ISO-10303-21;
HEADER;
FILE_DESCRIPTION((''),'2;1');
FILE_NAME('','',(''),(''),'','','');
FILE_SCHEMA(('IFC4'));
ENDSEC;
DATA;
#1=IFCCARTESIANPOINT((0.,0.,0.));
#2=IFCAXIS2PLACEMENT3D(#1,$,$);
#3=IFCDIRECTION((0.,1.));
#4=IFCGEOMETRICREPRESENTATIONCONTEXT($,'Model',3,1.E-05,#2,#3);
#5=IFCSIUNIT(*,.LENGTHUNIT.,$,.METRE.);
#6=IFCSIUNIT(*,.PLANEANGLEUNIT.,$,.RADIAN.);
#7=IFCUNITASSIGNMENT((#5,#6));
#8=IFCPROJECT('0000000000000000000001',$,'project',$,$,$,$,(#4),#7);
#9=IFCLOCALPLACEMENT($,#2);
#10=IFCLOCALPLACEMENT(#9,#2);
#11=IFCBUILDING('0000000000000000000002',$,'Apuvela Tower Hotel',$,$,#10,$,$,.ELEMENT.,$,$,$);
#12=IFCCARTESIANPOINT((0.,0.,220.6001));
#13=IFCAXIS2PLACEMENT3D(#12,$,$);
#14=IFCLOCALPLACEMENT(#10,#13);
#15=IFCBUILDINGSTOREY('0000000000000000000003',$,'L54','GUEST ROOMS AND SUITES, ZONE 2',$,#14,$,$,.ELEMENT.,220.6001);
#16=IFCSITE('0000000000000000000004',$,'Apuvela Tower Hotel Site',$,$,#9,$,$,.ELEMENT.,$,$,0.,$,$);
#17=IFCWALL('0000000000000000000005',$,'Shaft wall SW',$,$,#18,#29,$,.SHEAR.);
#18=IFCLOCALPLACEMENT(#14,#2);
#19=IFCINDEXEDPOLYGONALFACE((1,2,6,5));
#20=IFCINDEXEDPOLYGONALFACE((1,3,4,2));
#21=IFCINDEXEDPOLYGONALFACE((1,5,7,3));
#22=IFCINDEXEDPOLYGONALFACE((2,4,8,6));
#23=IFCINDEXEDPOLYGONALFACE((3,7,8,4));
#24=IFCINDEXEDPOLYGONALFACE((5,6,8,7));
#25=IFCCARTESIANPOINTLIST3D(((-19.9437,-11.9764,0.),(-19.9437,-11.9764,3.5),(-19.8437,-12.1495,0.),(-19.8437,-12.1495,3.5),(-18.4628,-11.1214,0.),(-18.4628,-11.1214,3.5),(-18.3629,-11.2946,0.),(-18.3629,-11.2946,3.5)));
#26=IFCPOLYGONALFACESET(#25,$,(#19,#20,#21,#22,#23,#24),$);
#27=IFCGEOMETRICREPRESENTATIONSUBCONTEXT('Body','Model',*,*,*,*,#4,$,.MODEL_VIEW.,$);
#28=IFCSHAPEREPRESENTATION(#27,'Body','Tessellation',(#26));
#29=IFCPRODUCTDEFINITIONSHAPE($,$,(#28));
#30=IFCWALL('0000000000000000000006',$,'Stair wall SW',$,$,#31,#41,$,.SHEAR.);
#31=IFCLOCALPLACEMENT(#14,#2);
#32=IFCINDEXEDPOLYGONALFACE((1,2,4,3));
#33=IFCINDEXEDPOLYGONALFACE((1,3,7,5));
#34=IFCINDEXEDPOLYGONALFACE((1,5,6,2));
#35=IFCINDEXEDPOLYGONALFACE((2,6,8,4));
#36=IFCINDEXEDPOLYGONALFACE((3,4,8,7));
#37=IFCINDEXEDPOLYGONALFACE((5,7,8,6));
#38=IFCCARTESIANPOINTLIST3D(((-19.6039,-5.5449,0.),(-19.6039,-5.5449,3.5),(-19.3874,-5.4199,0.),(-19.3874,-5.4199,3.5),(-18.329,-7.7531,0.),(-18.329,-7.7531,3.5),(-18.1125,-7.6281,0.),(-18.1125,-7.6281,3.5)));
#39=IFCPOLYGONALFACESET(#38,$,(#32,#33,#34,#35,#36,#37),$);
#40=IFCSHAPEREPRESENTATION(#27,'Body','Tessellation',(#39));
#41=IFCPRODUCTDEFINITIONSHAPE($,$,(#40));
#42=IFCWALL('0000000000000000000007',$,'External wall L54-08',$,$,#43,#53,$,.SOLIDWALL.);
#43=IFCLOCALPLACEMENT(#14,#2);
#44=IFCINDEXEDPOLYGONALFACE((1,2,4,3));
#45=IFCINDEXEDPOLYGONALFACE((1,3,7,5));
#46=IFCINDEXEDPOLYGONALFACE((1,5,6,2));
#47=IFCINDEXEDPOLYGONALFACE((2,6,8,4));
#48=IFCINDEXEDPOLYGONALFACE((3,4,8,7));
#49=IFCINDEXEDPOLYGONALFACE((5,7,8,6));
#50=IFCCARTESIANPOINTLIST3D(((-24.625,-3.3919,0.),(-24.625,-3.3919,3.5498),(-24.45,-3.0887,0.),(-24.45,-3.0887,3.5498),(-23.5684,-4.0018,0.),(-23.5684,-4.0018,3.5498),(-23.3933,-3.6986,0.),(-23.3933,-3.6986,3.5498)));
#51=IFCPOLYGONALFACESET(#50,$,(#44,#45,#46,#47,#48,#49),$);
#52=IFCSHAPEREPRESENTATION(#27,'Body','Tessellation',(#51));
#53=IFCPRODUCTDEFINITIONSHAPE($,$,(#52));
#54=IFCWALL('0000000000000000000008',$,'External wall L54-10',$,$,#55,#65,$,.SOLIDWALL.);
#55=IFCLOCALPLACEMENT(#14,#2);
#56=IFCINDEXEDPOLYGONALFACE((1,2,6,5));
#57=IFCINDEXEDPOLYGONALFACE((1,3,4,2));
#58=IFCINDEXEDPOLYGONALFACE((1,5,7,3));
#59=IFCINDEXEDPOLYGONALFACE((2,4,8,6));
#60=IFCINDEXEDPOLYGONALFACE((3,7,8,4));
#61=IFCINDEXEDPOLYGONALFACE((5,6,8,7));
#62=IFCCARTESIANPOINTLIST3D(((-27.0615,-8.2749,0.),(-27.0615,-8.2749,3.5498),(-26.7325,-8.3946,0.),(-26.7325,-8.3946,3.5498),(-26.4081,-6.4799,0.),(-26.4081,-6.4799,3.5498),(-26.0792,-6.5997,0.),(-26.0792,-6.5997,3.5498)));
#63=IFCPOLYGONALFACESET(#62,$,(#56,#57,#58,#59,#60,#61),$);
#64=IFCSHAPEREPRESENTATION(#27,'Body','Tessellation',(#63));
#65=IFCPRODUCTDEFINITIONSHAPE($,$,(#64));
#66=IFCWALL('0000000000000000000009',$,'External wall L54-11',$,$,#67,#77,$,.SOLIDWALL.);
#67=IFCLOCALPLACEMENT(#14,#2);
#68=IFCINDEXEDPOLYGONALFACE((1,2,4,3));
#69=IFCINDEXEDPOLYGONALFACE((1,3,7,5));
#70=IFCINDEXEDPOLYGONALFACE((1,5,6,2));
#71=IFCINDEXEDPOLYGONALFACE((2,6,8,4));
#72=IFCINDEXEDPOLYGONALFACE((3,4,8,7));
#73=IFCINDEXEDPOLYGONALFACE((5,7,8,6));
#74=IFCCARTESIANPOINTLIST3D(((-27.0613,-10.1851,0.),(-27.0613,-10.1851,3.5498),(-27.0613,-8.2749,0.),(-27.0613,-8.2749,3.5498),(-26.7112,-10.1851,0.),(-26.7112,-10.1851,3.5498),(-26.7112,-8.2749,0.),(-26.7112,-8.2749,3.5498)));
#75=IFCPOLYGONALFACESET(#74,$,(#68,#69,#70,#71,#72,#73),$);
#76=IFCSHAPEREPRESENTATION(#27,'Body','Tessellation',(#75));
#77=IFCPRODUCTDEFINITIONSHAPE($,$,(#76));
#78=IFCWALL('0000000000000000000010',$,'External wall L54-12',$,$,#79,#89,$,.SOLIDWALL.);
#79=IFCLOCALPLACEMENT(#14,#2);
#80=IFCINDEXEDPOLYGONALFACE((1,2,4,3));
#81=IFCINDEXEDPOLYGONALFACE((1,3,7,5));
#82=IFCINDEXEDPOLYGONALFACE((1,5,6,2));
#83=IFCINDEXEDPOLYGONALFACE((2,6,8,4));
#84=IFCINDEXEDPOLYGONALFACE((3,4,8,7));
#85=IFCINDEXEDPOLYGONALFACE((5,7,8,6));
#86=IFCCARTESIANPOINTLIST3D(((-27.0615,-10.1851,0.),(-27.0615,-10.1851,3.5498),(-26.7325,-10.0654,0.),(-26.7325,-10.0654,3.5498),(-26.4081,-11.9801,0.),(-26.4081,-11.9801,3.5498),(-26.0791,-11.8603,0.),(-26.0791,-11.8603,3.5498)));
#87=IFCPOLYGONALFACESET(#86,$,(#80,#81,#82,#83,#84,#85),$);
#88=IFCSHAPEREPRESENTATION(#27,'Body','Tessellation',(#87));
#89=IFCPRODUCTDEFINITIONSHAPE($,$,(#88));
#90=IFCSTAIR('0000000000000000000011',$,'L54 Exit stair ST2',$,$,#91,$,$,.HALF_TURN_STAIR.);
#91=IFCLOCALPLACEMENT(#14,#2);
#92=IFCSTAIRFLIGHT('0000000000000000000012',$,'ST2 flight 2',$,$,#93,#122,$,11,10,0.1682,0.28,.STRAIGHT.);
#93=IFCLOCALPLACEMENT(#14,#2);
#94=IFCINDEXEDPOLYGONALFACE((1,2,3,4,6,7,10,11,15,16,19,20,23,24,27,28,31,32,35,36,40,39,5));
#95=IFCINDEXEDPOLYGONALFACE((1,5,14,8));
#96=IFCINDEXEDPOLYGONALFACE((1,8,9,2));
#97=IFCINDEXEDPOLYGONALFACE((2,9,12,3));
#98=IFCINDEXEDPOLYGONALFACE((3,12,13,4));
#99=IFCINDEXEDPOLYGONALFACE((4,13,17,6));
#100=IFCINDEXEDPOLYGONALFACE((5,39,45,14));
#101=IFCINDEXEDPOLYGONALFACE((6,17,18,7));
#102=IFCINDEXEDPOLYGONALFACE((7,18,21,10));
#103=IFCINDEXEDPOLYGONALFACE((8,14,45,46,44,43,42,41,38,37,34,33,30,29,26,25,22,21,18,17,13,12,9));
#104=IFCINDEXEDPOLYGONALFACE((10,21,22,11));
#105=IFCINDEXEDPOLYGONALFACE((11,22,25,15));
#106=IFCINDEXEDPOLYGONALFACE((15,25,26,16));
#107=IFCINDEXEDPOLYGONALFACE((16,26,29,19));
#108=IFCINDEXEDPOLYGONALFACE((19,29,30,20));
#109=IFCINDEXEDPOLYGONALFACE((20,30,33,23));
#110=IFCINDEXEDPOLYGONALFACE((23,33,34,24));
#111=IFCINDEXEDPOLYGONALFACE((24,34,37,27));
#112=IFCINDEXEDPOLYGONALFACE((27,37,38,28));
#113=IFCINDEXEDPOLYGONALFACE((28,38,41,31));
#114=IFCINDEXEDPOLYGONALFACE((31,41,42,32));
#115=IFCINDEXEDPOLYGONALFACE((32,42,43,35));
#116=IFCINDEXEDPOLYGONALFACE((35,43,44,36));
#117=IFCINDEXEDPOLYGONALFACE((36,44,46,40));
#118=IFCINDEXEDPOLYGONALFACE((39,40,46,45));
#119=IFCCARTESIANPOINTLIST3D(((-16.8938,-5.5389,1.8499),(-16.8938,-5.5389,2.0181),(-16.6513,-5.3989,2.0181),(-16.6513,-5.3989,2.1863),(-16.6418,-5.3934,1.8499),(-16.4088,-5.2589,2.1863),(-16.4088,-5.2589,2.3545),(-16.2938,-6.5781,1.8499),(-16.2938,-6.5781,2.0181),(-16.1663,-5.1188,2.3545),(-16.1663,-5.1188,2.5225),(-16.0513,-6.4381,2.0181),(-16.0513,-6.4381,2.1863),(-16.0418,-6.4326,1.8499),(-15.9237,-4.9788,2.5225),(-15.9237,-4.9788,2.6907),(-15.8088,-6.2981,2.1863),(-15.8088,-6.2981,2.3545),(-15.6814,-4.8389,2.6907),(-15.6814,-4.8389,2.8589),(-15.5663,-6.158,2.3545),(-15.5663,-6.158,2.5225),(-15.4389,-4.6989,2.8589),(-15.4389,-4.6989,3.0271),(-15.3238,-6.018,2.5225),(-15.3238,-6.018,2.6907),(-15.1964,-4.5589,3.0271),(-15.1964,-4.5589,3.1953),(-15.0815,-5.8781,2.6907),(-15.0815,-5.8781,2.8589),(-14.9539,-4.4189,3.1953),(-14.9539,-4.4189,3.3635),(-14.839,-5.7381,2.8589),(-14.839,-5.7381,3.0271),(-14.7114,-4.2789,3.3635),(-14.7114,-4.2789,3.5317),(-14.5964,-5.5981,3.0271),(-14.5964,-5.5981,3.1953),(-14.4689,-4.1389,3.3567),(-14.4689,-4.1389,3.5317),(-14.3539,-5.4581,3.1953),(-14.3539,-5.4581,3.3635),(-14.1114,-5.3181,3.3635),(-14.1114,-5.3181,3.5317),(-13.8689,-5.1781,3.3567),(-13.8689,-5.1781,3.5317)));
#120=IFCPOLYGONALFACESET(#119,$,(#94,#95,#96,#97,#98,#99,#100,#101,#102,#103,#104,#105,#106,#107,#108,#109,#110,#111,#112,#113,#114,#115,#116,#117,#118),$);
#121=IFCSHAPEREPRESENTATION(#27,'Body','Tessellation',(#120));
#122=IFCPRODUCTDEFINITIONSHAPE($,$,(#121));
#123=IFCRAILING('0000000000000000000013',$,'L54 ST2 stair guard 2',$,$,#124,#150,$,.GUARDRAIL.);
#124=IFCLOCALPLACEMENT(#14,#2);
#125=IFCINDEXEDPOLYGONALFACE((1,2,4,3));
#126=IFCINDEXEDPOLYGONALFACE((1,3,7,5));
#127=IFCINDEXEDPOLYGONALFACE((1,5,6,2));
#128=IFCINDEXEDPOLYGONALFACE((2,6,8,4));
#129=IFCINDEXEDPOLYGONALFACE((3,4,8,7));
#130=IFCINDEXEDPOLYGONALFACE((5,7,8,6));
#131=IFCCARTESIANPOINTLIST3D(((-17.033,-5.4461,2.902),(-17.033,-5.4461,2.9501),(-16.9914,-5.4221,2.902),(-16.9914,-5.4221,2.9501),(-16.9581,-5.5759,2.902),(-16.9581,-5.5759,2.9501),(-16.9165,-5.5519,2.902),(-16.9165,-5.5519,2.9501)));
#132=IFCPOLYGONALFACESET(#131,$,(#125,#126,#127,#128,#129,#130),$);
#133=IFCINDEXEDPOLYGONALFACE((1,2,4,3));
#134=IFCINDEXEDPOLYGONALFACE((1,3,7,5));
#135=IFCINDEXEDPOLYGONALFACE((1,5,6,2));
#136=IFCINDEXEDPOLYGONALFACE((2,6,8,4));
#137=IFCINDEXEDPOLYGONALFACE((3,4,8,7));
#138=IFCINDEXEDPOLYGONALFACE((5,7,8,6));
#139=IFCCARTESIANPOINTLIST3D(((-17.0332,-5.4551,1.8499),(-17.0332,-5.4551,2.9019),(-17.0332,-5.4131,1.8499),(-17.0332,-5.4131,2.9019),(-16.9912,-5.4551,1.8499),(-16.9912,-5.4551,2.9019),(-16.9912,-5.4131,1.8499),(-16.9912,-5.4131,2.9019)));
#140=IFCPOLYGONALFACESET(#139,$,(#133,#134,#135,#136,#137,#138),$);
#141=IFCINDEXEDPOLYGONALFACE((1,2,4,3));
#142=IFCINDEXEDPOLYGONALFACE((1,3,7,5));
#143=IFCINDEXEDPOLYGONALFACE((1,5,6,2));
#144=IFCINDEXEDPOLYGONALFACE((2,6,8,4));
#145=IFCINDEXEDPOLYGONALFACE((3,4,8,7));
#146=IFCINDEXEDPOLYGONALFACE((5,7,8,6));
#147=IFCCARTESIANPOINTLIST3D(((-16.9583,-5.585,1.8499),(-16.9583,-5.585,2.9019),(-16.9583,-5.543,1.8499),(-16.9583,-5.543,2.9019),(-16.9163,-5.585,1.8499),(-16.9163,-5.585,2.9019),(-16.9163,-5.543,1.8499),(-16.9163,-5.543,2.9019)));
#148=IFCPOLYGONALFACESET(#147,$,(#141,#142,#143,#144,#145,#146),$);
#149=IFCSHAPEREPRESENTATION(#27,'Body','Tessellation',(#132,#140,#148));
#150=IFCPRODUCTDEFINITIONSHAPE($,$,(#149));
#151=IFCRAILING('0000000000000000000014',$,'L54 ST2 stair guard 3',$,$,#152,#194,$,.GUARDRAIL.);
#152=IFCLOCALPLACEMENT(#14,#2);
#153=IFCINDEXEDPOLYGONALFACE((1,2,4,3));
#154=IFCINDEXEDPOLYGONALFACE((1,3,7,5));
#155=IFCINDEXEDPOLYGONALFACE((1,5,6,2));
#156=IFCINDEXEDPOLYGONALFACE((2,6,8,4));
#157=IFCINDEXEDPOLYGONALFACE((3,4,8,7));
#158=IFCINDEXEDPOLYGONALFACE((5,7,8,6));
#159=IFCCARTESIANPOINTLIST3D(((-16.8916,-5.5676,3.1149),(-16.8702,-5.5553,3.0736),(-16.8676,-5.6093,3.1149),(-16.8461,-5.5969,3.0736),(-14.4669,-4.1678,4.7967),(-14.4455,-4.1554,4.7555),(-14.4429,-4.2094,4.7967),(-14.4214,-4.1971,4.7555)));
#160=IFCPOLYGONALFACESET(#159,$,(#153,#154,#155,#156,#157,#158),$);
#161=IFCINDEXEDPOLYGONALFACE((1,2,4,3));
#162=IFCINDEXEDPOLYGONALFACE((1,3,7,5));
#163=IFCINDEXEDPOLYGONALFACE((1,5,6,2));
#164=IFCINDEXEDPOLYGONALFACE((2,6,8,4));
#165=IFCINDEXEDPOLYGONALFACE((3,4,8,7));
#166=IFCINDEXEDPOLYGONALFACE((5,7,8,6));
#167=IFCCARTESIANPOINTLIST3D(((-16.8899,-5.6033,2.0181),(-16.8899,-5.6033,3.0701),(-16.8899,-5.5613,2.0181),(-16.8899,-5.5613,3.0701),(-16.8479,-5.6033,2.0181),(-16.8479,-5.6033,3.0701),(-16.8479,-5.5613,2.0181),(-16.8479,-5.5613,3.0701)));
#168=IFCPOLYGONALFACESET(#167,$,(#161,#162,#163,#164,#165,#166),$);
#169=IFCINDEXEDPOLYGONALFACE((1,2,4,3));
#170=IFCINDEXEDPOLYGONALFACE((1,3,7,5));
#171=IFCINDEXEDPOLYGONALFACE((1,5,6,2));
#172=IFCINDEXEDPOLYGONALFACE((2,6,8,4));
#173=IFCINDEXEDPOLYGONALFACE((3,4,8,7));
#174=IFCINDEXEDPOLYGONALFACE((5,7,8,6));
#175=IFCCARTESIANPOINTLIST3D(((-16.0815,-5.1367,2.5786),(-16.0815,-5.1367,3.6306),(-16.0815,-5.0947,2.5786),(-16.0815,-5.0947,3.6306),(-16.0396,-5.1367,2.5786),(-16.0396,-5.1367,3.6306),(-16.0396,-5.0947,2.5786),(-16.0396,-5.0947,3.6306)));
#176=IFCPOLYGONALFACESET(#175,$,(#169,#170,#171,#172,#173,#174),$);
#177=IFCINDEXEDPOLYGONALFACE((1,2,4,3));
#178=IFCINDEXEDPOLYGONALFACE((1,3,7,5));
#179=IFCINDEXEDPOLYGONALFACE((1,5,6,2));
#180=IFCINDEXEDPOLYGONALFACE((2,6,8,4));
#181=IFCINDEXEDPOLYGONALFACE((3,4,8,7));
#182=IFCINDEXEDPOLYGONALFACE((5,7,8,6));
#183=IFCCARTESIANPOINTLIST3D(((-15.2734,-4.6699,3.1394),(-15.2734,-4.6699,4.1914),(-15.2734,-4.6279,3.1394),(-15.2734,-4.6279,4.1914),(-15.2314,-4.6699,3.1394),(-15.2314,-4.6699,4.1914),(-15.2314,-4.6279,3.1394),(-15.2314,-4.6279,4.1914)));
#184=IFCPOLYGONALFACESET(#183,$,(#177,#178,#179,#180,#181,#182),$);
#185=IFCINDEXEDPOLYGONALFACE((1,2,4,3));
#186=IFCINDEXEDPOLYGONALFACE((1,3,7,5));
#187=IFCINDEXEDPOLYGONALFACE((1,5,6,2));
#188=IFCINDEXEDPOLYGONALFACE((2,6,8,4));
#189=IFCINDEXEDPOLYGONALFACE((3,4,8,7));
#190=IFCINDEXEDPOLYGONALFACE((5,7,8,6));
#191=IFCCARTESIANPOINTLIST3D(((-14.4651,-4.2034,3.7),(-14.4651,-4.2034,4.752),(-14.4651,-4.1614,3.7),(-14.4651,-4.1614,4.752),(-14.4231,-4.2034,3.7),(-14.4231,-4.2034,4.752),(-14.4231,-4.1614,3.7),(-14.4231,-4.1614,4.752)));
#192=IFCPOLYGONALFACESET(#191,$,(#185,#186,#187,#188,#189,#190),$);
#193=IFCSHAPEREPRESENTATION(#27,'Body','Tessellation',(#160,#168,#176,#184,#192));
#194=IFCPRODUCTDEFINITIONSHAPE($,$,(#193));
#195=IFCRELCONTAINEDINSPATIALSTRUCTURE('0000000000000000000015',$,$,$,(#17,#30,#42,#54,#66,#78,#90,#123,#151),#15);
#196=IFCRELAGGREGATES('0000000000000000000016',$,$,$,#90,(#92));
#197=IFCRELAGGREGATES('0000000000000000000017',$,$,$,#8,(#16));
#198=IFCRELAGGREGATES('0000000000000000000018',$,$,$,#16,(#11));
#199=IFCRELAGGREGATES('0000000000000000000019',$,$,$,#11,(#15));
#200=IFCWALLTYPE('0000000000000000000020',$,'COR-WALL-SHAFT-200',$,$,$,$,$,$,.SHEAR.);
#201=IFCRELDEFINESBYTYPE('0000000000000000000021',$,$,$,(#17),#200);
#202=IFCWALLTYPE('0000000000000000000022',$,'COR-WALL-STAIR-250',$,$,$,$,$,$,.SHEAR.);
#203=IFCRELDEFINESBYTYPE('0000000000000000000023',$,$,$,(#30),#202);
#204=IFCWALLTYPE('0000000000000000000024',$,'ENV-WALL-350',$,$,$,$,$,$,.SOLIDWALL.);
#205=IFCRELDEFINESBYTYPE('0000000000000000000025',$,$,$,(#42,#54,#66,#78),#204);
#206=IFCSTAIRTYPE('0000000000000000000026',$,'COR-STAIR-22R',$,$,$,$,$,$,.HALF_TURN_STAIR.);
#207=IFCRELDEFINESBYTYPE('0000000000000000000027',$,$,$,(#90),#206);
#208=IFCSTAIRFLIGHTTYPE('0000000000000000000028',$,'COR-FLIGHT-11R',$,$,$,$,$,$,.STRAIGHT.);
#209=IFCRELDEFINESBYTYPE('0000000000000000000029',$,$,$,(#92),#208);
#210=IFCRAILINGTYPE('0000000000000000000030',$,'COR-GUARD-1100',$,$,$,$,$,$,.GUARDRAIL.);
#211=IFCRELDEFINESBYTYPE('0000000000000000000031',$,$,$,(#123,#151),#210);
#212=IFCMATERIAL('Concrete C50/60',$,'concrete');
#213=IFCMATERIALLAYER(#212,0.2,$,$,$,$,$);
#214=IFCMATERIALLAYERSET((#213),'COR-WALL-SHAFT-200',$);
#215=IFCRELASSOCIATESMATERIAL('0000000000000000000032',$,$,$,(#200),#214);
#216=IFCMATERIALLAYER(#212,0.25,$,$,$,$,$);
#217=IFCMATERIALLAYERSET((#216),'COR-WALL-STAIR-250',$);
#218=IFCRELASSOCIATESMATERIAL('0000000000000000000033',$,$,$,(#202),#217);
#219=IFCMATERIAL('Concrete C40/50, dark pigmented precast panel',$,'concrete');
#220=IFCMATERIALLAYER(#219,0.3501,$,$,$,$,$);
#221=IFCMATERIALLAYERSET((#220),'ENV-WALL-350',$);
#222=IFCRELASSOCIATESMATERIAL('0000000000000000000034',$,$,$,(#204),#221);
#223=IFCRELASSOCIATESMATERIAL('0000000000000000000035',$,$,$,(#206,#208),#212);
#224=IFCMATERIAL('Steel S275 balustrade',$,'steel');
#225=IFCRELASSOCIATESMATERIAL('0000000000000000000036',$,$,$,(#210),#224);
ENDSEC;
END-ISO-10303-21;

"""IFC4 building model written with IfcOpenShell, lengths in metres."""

from ifc_helpers import new_model, si_unit, direction, frame, frame_2d, origin, origin_2d, place, context, subcontext, project, spatial, polyline, rectangle, outline, extrude, material, layer, layer_set, type_object, element, aggregate, save


model = new_model("IFC4")

# Units and contexts
model_context = context("Model", 3, precision=1e-05, world=origin(), true_north=direction((0.0, 1.0)))
body_context = subcontext(model_context, "Body", "Model", "MODEL_VIEW")
ifc_project = project(units=[si_unit("LENGTHUNIT", "METRE"), si_unit("PLANEANGLEUNIT", "RADIAN")], contexts=[model_context])

# Site, building, storey
site_placement = place(None, origin())
site = spatial("IfcSite", under=ifc_project, at=site_placement, Name="Apuvela Tower Hotel Site", CompositionType="ELEMENT", RefElevation=0.0)
building_placement = place(site_placement, origin())
building = spatial("IfcBuilding", under=site, at=building_placement, Name="Apuvela Tower Hotel", CompositionType="ELEMENT")
storey_placement = place(building_placement, frame((0.0, 0.0, 220.6001)))
storey = spatial("IfcBuildingStorey", under=building, at=storey_placement, Name="L54", Description="GUEST ROOMS AND SUITES, ZONE 2", CompositionType="ELEMENT", Elevation=220.6001)

# Walls
ifc_material_1 = material(Name="Concrete C50/60", Category="concrete")
ifc_layer_1 = layer(ifc_material_1, 0.2)
ifc_layer_set_1 = layer_set([ifc_layer_1], Name="COR-WALL-SHAFT-200")
wall_type_1 = type_object("IfcWallType", Name="COR-WALL-SHAFT-200", PredefinedType="SHEAR", material=ifc_layer_set_1)
wall_1_placement = place(storey_placement, frame((-18.4128, -11.208, 0.0), z_axis=(0.0, 0.0, 1.0), x_axis=(-0.866038, -0.499978, 0.0)))
element("IfcWall", 1, at=wall_1_placement, inside=storey, type_object=wall_type_1, Name="Shaft wall SW", PredefinedType="SHEAR", context=body_context, shape_type="SweptSolid", body=[
    extrude(rectangle(XDim=1.71, YDim=0.2, at=frame_2d((0.855, 0.0))), origin(), (0.0, 0.0, 1.0), 3.5),
])
ifc_layer_2 = layer(ifc_material_1, 0.25)
ifc_layer_set_2 = layer_set([ifc_layer_2], Name="COR-WALL-STAIR-250")
wall_type_2 = type_object("IfcWallType", Name="COR-WALL-STAIR-250", PredefinedType="SHEAR", material=ifc_layer_set_2)
wall_2_placement = place(storey_placement, frame((-19.4956, -5.4824, 0.0), z_axis=(0.0, 0.0, 1.0), x_axis=(0.49999, -0.866031, 0.0)))
element("IfcWall", 2, at=wall_2_placement, inside=storey, type_object=wall_type_2, Name="Stair wall SW", PredefinedType="SHEAR", context=body_context, shape_type="SweptSolid", body=[
    extrude(rectangle(XDim=2.5498, YDim=0.25, at=frame_2d((1.2749, 0.0))), origin(), (0.0, 0.0, 1.0), 3.5),
])
ifc_material_2 = material(Name="Concrete C40/50, dark pigmented precast panel", Category="concrete")
ifc_layer_3 = layer(ifc_material_2, 0.3501)
ifc_layer_set_3 = layer_set([ifc_layer_3], Name="ENV-WALL-350")
wall_type_3 = type_object("IfcWallType", Name="ENV-WALL-350", PredefinedType="SOLIDWALL", material=ifc_layer_set_3)
wall_3_placement = place(storey_placement, frame((-23.481, -3.8501, 0.0), z_axis=(0.0, 0.0, 1.0), x_axis=(-0.866092, 0.499884, 0.0)))
element("IfcWall", 3, at=wall_3_placement, inside=storey, type_object=wall_type_3, Name="External wall L54-08", PredefinedType="SOLIDWALL", context=body_context, shape_type="SweptSolid", body=[
    extrude(rectangle(XDim=1.22, YDim=0.3501, at=frame_2d((0.6099, 0.0))), origin(), (0.0, 0.0, 1.0), 3.5498),
])
for number, where, z_axis, x_axis, name in (
    (4, (-26.2437, -6.5398, 0.0), (0.0, 0.0, 1.0), (-0.34203, -0.939689, 0.0), "External wall L54-10"),
    (5, (-26.8862, -8.2749, 0.0), (0.0, 0.0, 1.0), (0.0, -1.0, 0.0), "External wall L54-11"),
    (6, (-26.897, -10.1252, 0.0), (0.0, 0.0, 1.0), (0.34203, -0.939689, 0.0), "External wall L54-12"),
):
    element("IfcWall", number, at=place(storey_placement, frame(where, z_axis=z_axis, x_axis=x_axis)), inside=storey, type_object=wall_type_3, Name=name, PredefinedType="SOLIDWALL", context=body_context, shape_type="SweptSolid", body=[
        extrude(rectangle(XDim=1.9102, YDim=0.3501, at=frame_2d((0.9551, 0.0))), origin(), (0.0, 0.0, 1.0), 3.5498),
    ])

# Stair, stair flight
stair_type = type_object("IfcStairType", Name="COR-STAIR-22R", PredefinedType="HALF_TURN_STAIR", material=ifc_material_1)
stair_placement = place(storey_placement, origin())
stair = element("IfcStair", 7, at=stair_placement, inside=storey, type_object=stair_type, Name="L54 Exit stair ST2", PredefinedType="HALF_TURN_STAIR")
stair_flight_type = type_object("IfcStairFlightType", Name="COR-FLIGHT-11R", PredefinedType="STRAIGHT", material=ifc_material_1)
stair_flight_placement = place(storey_placement, frame((-16.5938, -6.0586, 1.8499), z_axis=(0.0, 0.0, 1.0), x_axis=(0.866025, 0.5, 0.0)))
stair_flight = element("IfcStairFlight", 8, at=stair_flight_placement, type_object=stair_flight_type, Name="ST2 flight 2", NumberOfRisers=11, NumberOfTreads=10, PredefinedType="STRAIGHT", RiserHeight=0.1682, TreadLength=0.28, context=body_context, shape_type="SweptSolid", body=[
    extrude(outline(polyline([(0.0, 0.0), (0.0, 0.1682), (0.28, 0.1682), (0.28, 0.3364), (0.5601, 0.3364), (0.5601, 0.5046), (0.8401, 0.5046), (0.8401, 0.6726), (1.1201, 0.6726), (1.1201, 0.8408), (1.3999, 0.8408), (1.3999, 1.009), (1.6799, 1.009), (1.6799, 1.1772), (1.96, 1.1772), (1.96, 1.3455), (2.24, 1.3455), (2.24, 1.5137), (2.52, 1.5137), (2.52, 1.6819), (2.8, 1.6819), (2.8, 1.8501), (2.8, 1.5068), (0.291, 0.0), (0.0, 0.0)])), frame((0.0, 0.6001, 0.0), z_axis=(0.0, -1.0, 0.0), x_axis=(1.0, 0.0, 0.0)), (0.0, 0.0, 1.0), 1.2),
])
aggregate(stair, [stair_flight])

# Railings
ifc_material_3 = material(Name="Steel S275 balustrade", Category="steel")
railing_type_1 = type_object("IfcRailingType", Name="COR-GUARD-1100", PredefinedType="GUARDRAIL", material=ifc_material_3)
railing_1_placement = place(storey_placement, frame((-17.0122, -5.4341, 1.8499)))
element("IfcRailing", 9, at=railing_1_placement, inside=storey, type_object=railing_type_1, Name="L54 ST2 stair guard 2", PredefinedType="GUARDRAIL", context=body_context, shape_type="SweptSolid", body=[
    extrude(rectangle(XDim=0.0481, YDim=0.0481, at=origin_2d()), frame((0.0, 0.0, 1.0762), z_axis=(0.499816, -0.866131, 0.0), x_axis=(0.866131, 0.499816, 0.0)), (0.0, 0.0, 1.0), 0.1499),
    extrude(rectangle(XDim=0.042, YDim=0.042, at=origin_2d()), origin(), (0.0, 0.0, 1.0), 1.052),
    extrude(rectangle(XDim=0.042, YDim=0.042, at=origin_2d()), frame((0.075, -0.1299, 0.0)), (0.0, 0.0, 1.0), 1.052),
])
railing_2_placement = place(storey_placement, frame((-16.8689, -5.5823, 2.0181)))
element("IfcRailing", 10, at=railing_2_placement, inside=storey, type_object=railing_type_1, Name="L54 ST2 stair guard 3", PredefinedType="GUARDRAIL", context=body_context, shape_type="SweptSolid", body=[
    extrude(rectangle(XDim=0.0481, YDim=0.0481, at=origin_2d()), frame((0.0, 0.0, 1.0762), z_axis=(0.74239, 0.428601, 0.514934), x_axis=(-0.499984, 0.866035, 0.0)), (0.0, 0.0, 1.0), 3.2661),
    extrude(rectangle(XDim=0.042, YDim=0.042, at=origin_2d()), origin(), (0.0, 0.0, 1.0), 1.052),
    extrude(rectangle(XDim=0.042, YDim=0.042, at=origin_2d()), frame((0.8083, 0.4666, 0.5605)), (0.0, 0.0, 1.0), 1.052),
    extrude(rectangle(XDim=0.042, YDim=0.042, at=origin_2d()), frame((1.6165, 0.9333, 1.1213)), (0.0, 0.0, 1.0), 1.052),
    extrude(rectangle(XDim=0.042, YDim=0.042, at=origin_2d()), frame((2.4248, 1.3999, 1.6819)), (0.0, 0.0, 1.0), 1.052),
])

save(model, "model.ifc")
